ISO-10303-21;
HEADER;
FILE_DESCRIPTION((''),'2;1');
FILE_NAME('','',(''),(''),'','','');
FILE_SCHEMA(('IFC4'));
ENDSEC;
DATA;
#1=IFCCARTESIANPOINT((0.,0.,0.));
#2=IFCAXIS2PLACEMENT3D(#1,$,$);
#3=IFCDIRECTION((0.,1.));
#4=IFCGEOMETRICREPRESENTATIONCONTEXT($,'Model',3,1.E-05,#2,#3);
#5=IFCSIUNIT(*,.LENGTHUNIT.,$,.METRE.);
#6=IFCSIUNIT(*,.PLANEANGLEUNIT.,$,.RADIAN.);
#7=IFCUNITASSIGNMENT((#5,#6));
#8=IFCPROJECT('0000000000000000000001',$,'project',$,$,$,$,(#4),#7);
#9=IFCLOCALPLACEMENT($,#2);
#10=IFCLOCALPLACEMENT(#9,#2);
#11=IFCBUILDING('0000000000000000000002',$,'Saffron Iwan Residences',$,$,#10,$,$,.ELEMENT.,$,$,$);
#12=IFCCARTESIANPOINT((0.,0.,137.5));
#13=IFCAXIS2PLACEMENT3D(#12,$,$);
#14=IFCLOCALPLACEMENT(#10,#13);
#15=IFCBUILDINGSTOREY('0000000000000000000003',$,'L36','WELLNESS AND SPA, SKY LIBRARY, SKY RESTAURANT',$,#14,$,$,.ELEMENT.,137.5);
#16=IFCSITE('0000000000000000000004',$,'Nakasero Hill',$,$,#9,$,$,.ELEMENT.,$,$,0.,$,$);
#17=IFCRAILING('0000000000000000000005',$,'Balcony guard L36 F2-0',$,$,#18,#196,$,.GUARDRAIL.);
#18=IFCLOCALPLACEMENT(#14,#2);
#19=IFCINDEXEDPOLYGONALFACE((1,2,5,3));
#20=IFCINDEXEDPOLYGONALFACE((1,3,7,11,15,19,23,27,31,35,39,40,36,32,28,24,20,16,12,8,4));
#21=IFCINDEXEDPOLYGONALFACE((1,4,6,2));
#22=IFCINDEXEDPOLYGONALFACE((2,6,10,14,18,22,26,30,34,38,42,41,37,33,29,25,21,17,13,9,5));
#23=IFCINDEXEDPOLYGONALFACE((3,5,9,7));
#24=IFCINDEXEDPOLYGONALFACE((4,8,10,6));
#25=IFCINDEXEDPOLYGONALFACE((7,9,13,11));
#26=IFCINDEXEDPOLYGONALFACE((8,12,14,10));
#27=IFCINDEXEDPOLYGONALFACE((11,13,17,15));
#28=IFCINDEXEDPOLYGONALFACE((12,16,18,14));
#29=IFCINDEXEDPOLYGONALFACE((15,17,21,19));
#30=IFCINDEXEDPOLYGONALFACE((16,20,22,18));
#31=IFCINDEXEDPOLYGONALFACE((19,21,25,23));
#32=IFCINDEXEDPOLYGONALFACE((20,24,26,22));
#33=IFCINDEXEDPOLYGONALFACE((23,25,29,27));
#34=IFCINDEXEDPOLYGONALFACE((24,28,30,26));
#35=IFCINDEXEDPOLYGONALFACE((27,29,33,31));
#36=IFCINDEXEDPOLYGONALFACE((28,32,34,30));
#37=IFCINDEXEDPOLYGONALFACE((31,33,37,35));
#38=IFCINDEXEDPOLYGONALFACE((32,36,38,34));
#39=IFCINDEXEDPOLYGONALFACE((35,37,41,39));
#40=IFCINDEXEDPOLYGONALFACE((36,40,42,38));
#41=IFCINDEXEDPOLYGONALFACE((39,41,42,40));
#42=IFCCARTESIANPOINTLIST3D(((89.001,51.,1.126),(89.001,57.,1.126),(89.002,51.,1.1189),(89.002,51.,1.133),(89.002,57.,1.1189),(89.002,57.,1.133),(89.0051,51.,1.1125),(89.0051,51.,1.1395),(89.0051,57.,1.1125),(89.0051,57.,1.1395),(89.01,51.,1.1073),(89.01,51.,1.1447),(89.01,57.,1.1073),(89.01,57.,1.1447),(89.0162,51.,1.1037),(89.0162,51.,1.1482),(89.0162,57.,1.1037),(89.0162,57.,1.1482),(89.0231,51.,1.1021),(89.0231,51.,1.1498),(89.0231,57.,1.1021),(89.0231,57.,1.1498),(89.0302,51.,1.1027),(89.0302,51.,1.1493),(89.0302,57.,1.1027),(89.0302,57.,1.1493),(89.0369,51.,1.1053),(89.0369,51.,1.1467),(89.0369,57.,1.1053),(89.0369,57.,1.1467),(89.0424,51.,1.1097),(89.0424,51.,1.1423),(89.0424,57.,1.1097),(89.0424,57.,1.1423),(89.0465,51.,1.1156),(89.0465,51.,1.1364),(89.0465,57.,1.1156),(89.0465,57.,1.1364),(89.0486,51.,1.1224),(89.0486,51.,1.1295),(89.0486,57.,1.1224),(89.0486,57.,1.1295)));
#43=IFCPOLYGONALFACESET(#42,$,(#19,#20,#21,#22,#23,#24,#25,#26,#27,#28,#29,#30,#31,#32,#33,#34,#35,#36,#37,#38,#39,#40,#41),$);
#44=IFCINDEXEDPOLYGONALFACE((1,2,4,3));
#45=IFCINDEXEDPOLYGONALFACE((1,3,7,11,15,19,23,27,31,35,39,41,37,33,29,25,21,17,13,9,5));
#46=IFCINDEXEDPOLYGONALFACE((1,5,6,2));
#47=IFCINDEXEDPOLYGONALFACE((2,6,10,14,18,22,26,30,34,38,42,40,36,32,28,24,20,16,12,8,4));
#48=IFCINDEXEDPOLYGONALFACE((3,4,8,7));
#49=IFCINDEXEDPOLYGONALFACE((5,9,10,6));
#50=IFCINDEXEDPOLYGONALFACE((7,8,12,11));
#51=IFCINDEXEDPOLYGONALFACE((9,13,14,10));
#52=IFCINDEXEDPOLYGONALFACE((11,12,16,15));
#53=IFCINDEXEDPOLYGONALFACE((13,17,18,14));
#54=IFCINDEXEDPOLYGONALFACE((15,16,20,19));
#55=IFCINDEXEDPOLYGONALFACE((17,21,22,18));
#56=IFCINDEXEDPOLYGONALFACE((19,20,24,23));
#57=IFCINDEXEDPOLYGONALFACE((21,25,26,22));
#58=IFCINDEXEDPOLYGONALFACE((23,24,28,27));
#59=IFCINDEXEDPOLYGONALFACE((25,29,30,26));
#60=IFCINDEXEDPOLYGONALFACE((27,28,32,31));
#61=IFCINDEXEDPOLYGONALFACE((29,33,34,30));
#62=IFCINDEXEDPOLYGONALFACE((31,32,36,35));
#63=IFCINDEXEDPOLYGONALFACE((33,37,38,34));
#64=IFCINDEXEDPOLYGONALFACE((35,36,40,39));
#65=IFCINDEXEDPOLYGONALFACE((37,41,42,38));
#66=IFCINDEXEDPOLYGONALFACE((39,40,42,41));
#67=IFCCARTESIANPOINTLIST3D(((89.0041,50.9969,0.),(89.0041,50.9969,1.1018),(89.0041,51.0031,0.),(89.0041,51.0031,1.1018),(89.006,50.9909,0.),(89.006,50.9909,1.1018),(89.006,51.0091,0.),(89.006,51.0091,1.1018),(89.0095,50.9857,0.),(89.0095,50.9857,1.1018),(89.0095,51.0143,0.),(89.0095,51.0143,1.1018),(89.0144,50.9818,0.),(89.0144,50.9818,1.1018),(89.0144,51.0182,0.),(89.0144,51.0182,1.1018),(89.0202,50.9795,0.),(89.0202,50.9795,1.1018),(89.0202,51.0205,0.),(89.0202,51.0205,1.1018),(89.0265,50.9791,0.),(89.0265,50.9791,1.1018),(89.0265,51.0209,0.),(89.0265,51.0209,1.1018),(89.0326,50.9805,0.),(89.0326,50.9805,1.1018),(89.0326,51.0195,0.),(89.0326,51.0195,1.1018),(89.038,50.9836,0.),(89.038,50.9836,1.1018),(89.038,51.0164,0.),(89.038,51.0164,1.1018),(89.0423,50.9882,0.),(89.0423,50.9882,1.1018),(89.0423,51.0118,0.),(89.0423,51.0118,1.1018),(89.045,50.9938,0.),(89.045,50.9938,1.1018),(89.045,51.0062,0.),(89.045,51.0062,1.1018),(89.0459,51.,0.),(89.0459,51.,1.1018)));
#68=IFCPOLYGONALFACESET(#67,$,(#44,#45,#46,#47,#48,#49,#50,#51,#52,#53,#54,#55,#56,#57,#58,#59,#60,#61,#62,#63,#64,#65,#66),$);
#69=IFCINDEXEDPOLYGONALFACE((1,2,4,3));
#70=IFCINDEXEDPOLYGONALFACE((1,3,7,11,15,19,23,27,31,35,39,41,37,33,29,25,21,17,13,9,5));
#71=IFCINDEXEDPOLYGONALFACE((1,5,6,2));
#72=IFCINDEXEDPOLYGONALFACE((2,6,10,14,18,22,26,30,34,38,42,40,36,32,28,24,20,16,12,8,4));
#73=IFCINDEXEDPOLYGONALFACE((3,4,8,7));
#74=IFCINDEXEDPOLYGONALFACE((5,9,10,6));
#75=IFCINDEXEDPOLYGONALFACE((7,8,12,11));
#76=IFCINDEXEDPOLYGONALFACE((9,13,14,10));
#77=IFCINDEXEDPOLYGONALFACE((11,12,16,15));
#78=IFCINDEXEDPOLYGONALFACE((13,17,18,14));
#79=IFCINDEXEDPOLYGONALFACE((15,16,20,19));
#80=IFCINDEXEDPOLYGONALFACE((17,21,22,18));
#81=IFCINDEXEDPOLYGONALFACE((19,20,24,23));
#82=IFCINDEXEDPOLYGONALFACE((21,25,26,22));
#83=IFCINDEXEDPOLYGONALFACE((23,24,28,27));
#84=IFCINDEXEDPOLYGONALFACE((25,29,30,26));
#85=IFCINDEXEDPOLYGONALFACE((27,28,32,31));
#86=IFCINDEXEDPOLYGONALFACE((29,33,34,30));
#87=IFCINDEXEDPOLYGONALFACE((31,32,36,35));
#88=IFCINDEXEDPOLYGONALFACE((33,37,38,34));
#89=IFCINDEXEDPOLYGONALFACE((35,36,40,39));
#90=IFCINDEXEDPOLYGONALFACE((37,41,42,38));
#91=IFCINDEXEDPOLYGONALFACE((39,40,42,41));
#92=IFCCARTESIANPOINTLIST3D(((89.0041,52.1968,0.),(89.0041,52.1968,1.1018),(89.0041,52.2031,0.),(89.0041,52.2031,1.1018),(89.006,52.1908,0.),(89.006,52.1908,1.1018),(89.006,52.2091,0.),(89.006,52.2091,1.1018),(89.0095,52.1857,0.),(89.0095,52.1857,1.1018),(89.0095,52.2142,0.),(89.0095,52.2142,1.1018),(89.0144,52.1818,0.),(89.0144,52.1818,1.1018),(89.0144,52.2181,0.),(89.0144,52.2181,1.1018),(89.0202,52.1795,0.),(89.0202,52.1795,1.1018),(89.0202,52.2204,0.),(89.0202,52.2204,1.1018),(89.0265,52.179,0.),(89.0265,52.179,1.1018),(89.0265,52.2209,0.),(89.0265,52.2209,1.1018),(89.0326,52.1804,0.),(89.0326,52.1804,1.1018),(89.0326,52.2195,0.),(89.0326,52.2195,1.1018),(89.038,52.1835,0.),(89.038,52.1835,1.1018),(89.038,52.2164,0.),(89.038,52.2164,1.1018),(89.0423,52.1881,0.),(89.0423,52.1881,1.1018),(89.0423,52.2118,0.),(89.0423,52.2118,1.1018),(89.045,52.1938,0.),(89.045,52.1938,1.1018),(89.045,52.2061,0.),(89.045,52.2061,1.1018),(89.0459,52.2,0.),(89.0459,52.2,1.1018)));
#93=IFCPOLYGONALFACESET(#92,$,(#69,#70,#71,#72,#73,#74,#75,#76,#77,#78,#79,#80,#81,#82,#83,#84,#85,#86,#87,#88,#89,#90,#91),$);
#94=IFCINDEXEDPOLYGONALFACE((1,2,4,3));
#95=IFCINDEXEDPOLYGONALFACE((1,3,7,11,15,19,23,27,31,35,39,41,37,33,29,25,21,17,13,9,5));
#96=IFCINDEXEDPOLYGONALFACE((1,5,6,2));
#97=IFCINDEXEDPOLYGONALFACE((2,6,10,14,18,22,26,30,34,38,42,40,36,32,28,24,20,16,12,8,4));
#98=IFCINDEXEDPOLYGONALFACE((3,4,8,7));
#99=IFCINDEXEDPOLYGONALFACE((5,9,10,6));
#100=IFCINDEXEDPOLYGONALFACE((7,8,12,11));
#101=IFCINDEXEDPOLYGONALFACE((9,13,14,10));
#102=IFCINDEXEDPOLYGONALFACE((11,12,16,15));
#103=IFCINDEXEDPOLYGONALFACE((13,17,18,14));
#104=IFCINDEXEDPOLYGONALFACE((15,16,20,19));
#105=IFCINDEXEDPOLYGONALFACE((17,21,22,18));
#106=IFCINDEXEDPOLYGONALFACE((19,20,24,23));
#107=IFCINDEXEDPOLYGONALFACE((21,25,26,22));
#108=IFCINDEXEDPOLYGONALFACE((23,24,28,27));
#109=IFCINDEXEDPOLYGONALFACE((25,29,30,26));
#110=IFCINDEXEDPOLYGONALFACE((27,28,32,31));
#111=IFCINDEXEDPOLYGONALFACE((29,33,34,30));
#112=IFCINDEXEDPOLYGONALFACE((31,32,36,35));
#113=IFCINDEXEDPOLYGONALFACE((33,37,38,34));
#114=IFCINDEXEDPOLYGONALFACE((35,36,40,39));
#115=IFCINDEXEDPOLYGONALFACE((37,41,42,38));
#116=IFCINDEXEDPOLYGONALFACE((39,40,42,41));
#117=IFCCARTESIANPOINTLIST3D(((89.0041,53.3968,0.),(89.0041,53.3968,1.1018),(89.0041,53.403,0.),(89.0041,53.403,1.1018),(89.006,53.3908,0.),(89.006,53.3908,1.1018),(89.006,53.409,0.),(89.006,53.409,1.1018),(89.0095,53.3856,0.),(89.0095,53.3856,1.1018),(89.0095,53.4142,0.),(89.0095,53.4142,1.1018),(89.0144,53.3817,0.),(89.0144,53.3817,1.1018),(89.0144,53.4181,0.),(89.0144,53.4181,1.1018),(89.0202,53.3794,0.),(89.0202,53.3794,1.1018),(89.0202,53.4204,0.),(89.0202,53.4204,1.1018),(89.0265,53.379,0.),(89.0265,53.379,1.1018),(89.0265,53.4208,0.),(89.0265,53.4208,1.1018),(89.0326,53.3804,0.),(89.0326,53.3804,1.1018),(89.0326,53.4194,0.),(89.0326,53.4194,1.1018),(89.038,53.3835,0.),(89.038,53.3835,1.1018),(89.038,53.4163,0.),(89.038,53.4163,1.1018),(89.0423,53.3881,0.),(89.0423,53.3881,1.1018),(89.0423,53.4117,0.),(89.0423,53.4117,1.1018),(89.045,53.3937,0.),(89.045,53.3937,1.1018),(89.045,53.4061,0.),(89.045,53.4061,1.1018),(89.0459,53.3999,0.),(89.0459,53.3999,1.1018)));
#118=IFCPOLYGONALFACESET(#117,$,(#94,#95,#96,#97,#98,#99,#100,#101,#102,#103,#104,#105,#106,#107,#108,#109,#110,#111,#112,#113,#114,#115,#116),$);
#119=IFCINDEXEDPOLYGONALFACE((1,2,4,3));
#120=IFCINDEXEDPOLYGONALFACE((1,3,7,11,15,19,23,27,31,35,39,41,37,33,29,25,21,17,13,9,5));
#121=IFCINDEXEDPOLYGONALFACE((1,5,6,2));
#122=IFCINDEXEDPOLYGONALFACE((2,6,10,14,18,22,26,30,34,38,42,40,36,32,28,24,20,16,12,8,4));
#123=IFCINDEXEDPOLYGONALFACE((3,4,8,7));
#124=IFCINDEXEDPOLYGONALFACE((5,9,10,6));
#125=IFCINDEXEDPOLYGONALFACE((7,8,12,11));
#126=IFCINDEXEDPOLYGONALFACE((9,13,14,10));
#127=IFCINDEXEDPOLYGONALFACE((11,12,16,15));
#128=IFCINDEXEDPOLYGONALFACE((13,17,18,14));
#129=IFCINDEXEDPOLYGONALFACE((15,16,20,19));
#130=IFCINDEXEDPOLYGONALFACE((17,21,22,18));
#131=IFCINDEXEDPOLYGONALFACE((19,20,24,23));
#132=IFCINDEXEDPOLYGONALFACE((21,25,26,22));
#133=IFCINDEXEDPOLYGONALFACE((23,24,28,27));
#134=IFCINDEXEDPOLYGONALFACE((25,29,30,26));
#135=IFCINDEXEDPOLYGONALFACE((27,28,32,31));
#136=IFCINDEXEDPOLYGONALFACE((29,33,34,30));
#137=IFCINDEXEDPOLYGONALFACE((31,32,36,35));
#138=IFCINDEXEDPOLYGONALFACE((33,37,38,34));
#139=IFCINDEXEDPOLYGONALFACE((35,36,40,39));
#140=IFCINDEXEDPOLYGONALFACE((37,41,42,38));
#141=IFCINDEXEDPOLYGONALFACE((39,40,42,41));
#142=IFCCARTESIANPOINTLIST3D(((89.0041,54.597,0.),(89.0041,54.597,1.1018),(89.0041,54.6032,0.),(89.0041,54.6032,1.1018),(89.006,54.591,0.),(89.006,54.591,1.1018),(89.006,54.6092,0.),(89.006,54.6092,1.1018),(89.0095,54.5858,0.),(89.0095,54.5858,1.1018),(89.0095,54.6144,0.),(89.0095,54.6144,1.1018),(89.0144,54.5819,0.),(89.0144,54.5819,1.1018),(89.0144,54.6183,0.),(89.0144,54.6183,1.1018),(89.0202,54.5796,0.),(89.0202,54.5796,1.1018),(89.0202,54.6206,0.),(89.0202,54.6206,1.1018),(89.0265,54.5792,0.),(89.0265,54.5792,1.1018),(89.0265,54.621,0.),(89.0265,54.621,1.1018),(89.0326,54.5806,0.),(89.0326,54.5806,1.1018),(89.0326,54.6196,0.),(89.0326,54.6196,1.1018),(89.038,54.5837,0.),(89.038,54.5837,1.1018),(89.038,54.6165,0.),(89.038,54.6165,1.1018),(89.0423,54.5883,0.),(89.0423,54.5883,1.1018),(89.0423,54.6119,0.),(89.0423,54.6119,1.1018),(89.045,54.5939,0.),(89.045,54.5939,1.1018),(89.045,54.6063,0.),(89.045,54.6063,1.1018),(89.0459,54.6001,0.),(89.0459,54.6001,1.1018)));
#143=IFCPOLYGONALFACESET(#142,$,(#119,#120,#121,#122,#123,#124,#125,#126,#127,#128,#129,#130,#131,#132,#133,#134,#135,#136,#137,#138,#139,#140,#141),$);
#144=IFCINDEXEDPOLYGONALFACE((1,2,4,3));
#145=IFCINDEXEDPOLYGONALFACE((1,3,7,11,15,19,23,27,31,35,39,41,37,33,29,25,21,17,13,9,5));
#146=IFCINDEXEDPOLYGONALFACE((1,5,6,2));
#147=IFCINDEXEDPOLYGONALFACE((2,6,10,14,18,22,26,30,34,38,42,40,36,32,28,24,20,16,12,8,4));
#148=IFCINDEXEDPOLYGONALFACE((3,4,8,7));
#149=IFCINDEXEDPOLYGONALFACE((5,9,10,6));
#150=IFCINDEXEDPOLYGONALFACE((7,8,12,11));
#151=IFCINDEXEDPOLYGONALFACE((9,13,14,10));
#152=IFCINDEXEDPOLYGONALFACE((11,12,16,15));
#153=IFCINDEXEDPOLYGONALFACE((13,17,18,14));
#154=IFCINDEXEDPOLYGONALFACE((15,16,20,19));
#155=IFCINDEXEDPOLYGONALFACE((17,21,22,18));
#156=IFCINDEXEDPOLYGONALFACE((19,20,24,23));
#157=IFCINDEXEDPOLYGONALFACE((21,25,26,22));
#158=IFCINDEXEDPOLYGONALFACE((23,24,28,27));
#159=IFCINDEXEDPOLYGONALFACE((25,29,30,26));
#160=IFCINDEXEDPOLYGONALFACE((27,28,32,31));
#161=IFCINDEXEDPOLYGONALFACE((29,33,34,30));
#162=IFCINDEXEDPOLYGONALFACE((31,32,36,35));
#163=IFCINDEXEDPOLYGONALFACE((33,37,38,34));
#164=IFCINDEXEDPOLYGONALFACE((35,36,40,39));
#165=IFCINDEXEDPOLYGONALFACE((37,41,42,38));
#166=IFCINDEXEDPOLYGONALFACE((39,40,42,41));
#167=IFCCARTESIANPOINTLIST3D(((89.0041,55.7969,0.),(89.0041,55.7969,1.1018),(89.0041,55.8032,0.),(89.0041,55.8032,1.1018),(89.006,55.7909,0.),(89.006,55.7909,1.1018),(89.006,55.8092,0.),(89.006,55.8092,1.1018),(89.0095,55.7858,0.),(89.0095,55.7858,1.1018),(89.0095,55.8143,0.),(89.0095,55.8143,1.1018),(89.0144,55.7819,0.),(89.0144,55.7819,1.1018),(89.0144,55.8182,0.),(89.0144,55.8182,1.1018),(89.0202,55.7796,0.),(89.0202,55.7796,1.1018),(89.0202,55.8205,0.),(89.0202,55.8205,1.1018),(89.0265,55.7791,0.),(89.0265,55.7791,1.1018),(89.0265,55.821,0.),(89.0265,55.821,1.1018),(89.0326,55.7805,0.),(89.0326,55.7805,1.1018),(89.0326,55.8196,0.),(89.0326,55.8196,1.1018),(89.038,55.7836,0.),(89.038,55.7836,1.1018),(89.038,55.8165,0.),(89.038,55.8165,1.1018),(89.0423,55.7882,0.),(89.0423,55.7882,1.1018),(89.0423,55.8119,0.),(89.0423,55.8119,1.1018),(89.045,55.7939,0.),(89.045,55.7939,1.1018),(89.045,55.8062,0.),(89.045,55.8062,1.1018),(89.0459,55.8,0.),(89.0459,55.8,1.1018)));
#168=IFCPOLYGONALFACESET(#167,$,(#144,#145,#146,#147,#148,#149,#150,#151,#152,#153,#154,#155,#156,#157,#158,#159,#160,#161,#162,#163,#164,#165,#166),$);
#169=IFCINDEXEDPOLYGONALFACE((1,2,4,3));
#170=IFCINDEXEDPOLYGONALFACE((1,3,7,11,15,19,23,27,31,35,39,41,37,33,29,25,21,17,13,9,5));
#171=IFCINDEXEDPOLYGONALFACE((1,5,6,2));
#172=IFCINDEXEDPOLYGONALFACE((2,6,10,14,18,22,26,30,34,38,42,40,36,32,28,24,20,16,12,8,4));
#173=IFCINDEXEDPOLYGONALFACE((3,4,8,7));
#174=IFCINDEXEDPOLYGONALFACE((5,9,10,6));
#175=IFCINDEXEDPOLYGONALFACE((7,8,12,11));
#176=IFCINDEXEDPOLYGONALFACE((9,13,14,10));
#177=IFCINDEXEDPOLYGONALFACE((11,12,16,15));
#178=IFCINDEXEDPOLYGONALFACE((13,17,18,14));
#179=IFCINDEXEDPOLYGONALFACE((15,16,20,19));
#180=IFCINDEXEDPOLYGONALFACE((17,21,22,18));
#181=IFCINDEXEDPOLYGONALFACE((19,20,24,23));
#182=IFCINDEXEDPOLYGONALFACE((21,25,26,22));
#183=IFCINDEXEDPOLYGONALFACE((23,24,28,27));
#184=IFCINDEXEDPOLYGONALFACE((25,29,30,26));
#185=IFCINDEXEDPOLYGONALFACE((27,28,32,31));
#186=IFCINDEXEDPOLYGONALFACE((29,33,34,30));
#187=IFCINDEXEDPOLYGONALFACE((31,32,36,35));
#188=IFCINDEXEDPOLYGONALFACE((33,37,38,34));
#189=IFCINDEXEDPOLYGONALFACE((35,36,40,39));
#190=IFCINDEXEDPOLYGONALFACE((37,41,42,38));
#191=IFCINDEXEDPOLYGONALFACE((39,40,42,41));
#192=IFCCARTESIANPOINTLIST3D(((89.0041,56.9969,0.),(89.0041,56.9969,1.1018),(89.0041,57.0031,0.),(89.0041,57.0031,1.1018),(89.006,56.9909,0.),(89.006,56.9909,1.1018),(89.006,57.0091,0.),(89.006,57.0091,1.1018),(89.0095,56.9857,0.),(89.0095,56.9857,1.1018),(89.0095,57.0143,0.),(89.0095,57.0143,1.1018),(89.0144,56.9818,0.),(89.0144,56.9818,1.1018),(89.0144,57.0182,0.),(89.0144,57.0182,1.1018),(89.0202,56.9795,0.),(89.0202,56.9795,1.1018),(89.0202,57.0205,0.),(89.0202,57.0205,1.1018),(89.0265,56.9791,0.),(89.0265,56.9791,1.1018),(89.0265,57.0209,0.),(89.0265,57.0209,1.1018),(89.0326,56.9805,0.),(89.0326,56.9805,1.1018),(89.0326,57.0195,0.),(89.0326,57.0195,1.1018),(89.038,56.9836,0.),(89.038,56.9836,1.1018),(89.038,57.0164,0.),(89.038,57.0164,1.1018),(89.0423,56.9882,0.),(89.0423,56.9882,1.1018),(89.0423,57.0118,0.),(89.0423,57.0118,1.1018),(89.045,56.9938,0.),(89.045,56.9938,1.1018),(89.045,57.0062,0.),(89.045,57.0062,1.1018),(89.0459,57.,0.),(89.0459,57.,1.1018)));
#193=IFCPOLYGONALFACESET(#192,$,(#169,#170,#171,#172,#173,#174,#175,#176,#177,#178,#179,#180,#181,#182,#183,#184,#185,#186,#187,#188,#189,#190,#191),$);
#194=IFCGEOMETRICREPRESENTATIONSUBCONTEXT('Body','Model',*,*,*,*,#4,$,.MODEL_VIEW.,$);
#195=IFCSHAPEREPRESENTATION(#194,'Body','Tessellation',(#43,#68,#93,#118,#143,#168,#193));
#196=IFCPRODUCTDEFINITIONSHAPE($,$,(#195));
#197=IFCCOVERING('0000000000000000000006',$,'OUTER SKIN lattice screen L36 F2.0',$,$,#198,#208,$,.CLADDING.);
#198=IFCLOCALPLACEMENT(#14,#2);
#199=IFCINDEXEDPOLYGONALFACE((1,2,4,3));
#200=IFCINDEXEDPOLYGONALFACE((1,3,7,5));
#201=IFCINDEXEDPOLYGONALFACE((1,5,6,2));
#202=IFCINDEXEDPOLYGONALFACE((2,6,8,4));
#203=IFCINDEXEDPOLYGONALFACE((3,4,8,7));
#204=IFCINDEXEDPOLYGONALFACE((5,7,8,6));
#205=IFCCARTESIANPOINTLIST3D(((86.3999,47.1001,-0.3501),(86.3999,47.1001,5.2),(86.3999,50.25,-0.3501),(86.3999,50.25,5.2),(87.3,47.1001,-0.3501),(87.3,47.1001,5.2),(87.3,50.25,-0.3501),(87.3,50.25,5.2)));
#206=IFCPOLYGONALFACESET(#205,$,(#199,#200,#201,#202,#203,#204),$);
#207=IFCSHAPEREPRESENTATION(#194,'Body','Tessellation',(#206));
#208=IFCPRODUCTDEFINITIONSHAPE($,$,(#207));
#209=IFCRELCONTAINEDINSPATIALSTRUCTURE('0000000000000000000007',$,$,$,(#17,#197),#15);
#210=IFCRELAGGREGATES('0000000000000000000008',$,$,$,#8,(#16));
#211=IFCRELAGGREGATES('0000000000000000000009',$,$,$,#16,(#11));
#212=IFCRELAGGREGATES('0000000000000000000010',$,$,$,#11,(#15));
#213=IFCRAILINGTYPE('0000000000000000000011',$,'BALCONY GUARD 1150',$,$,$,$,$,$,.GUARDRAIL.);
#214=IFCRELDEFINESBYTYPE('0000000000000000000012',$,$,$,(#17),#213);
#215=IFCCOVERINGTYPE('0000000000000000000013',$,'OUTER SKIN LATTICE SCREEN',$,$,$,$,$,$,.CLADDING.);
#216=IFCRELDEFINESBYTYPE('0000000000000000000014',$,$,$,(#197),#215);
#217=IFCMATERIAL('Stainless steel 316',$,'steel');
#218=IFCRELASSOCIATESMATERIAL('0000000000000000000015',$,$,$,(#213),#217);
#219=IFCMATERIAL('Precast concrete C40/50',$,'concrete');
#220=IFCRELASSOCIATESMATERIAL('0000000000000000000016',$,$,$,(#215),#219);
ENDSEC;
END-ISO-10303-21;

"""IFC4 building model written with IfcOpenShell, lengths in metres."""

from ifc_helpers import new_model, si_unit, direction, frame, origin, origin_2d, place, context, subcontext, project, spatial, polyline, circle, outline, extrude, material, type_object, element, save


model = new_model("IFC4")

# Units and contexts
model_context = context("Model", 3, precision=1e-05, world=origin(), true_north=direction((0.0, 1.0)))
body_context = subcontext(model_context, "Body", "Model", "MODEL_VIEW")
ifc_project = project(units=[si_unit("LENGTHUNIT", "METRE"), si_unit("PLANEANGLEUNIT", "RADIAN")], contexts=[model_context])

# Site, building, storey
site_placement = place(None, origin())
site = spatial("IfcSite", under=ifc_project, at=site_placement, Name="Nakasero Hill", CompositionType="ELEMENT", RefElevation=0.0)
building_placement = place(site_placement, origin())
building = spatial("IfcBuilding", under=site, at=building_placement, Name="Saffron Iwan Residences", CompositionType="ELEMENT")
storey_placement = place(building_placement, frame((0.0, 0.0, 137.5)))
storey = spatial("IfcBuildingStorey", under=building, at=storey_placement, Name="L36", Description="WELLNESS AND SPA, SKY LIBRARY, SKY RESTAURANT", CompositionType="ELEMENT", Elevation=137.5)

# Railing
ifc_material_1 = material(Name="Stainless steel 316", Category="steel")
railing_type = type_object("IfcRailingType", Name="BALCONY GUARD 1150", PredefinedType="GUARDRAIL", material=ifc_material_1)
railing_placement = place(storey_placement, frame((89.0249, 51.0, 0.0)))
element("IfcRailing", 1, at=railing_placement, inside=storey, type_object=railing_type, Name="Balcony guard L36 F2-0", PredefinedType="GUARDRAIL", context=body_context, shape_type="SweptSolid", body=[
    extrude(circle(Radius=0.0239, at=origin_2d()), frame((0.0, 0.0, 1.126), z_axis=(0.0, 1.0, 0.0), x_axis=(-1.0, 0.0, 0.0)), (0.0, 0.0, 1.0), 6.0),
    extrude(circle(Radius=0.021, at=origin_2d()), origin(), (0.0, 0.0, 1.0), 1.1018),
    extrude(circle(Radius=0.021, at=origin_2d()), frame((0.0, 1.2, 0.0)), (0.0, 0.0, 1.0), 1.1018),
    extrude(circle(Radius=0.021, at=origin_2d()), frame((0.0, 2.3999, 0.0)), (0.0, 0.0, 1.0), 1.1018),
    extrude(circle(Radius=0.021, at=origin_2d()), frame((0.0, 3.6001, 0.0)), (0.0, 0.0, 1.0), 1.1018),
    extrude(circle(Radius=0.021, at=origin_2d()), frame((0.0, 4.8, 0.0)), (0.0, 0.0, 1.0), 1.1018),
    extrude(circle(Radius=0.021, at=origin_2d()), frame((0.0, 6.0, 0.0)), (0.0, 0.0, 1.0), 1.1018),
])

# Covering
ifc_material_2 = material(Name="Precast concrete C40/50", Category="concrete")
covering_type = type_object("IfcCoveringType", Name="OUTER SKIN LATTICE SCREEN", PredefinedType="CLADDING", material=ifc_material_2)
covering_1_placement = place(storey_placement, frame((86.3999, 47.1001, -0.3501), z_axis=(1.0, 0.0, 0.0), x_axis=(0.0, 1.0, 0.0)))
element("IfcCovering", 2, at=covering_1_placement, inside=storey, type_object=covering_type, Name="OUTER SKIN lattice screen L36 F2.0", PredefinedType="CLADDING", context=body_context, shape_type="SweptSolid", body=[
    extrude(outline(polyline([(0.0, 0.0), (3.1499, 0.0), (3.1499, 5.55), (0.0, 5.55), (0.0, 0.0)])), origin(), (0.0, 0.0, 1.0), 0.9001),
])

save(model, "model.ifc")
